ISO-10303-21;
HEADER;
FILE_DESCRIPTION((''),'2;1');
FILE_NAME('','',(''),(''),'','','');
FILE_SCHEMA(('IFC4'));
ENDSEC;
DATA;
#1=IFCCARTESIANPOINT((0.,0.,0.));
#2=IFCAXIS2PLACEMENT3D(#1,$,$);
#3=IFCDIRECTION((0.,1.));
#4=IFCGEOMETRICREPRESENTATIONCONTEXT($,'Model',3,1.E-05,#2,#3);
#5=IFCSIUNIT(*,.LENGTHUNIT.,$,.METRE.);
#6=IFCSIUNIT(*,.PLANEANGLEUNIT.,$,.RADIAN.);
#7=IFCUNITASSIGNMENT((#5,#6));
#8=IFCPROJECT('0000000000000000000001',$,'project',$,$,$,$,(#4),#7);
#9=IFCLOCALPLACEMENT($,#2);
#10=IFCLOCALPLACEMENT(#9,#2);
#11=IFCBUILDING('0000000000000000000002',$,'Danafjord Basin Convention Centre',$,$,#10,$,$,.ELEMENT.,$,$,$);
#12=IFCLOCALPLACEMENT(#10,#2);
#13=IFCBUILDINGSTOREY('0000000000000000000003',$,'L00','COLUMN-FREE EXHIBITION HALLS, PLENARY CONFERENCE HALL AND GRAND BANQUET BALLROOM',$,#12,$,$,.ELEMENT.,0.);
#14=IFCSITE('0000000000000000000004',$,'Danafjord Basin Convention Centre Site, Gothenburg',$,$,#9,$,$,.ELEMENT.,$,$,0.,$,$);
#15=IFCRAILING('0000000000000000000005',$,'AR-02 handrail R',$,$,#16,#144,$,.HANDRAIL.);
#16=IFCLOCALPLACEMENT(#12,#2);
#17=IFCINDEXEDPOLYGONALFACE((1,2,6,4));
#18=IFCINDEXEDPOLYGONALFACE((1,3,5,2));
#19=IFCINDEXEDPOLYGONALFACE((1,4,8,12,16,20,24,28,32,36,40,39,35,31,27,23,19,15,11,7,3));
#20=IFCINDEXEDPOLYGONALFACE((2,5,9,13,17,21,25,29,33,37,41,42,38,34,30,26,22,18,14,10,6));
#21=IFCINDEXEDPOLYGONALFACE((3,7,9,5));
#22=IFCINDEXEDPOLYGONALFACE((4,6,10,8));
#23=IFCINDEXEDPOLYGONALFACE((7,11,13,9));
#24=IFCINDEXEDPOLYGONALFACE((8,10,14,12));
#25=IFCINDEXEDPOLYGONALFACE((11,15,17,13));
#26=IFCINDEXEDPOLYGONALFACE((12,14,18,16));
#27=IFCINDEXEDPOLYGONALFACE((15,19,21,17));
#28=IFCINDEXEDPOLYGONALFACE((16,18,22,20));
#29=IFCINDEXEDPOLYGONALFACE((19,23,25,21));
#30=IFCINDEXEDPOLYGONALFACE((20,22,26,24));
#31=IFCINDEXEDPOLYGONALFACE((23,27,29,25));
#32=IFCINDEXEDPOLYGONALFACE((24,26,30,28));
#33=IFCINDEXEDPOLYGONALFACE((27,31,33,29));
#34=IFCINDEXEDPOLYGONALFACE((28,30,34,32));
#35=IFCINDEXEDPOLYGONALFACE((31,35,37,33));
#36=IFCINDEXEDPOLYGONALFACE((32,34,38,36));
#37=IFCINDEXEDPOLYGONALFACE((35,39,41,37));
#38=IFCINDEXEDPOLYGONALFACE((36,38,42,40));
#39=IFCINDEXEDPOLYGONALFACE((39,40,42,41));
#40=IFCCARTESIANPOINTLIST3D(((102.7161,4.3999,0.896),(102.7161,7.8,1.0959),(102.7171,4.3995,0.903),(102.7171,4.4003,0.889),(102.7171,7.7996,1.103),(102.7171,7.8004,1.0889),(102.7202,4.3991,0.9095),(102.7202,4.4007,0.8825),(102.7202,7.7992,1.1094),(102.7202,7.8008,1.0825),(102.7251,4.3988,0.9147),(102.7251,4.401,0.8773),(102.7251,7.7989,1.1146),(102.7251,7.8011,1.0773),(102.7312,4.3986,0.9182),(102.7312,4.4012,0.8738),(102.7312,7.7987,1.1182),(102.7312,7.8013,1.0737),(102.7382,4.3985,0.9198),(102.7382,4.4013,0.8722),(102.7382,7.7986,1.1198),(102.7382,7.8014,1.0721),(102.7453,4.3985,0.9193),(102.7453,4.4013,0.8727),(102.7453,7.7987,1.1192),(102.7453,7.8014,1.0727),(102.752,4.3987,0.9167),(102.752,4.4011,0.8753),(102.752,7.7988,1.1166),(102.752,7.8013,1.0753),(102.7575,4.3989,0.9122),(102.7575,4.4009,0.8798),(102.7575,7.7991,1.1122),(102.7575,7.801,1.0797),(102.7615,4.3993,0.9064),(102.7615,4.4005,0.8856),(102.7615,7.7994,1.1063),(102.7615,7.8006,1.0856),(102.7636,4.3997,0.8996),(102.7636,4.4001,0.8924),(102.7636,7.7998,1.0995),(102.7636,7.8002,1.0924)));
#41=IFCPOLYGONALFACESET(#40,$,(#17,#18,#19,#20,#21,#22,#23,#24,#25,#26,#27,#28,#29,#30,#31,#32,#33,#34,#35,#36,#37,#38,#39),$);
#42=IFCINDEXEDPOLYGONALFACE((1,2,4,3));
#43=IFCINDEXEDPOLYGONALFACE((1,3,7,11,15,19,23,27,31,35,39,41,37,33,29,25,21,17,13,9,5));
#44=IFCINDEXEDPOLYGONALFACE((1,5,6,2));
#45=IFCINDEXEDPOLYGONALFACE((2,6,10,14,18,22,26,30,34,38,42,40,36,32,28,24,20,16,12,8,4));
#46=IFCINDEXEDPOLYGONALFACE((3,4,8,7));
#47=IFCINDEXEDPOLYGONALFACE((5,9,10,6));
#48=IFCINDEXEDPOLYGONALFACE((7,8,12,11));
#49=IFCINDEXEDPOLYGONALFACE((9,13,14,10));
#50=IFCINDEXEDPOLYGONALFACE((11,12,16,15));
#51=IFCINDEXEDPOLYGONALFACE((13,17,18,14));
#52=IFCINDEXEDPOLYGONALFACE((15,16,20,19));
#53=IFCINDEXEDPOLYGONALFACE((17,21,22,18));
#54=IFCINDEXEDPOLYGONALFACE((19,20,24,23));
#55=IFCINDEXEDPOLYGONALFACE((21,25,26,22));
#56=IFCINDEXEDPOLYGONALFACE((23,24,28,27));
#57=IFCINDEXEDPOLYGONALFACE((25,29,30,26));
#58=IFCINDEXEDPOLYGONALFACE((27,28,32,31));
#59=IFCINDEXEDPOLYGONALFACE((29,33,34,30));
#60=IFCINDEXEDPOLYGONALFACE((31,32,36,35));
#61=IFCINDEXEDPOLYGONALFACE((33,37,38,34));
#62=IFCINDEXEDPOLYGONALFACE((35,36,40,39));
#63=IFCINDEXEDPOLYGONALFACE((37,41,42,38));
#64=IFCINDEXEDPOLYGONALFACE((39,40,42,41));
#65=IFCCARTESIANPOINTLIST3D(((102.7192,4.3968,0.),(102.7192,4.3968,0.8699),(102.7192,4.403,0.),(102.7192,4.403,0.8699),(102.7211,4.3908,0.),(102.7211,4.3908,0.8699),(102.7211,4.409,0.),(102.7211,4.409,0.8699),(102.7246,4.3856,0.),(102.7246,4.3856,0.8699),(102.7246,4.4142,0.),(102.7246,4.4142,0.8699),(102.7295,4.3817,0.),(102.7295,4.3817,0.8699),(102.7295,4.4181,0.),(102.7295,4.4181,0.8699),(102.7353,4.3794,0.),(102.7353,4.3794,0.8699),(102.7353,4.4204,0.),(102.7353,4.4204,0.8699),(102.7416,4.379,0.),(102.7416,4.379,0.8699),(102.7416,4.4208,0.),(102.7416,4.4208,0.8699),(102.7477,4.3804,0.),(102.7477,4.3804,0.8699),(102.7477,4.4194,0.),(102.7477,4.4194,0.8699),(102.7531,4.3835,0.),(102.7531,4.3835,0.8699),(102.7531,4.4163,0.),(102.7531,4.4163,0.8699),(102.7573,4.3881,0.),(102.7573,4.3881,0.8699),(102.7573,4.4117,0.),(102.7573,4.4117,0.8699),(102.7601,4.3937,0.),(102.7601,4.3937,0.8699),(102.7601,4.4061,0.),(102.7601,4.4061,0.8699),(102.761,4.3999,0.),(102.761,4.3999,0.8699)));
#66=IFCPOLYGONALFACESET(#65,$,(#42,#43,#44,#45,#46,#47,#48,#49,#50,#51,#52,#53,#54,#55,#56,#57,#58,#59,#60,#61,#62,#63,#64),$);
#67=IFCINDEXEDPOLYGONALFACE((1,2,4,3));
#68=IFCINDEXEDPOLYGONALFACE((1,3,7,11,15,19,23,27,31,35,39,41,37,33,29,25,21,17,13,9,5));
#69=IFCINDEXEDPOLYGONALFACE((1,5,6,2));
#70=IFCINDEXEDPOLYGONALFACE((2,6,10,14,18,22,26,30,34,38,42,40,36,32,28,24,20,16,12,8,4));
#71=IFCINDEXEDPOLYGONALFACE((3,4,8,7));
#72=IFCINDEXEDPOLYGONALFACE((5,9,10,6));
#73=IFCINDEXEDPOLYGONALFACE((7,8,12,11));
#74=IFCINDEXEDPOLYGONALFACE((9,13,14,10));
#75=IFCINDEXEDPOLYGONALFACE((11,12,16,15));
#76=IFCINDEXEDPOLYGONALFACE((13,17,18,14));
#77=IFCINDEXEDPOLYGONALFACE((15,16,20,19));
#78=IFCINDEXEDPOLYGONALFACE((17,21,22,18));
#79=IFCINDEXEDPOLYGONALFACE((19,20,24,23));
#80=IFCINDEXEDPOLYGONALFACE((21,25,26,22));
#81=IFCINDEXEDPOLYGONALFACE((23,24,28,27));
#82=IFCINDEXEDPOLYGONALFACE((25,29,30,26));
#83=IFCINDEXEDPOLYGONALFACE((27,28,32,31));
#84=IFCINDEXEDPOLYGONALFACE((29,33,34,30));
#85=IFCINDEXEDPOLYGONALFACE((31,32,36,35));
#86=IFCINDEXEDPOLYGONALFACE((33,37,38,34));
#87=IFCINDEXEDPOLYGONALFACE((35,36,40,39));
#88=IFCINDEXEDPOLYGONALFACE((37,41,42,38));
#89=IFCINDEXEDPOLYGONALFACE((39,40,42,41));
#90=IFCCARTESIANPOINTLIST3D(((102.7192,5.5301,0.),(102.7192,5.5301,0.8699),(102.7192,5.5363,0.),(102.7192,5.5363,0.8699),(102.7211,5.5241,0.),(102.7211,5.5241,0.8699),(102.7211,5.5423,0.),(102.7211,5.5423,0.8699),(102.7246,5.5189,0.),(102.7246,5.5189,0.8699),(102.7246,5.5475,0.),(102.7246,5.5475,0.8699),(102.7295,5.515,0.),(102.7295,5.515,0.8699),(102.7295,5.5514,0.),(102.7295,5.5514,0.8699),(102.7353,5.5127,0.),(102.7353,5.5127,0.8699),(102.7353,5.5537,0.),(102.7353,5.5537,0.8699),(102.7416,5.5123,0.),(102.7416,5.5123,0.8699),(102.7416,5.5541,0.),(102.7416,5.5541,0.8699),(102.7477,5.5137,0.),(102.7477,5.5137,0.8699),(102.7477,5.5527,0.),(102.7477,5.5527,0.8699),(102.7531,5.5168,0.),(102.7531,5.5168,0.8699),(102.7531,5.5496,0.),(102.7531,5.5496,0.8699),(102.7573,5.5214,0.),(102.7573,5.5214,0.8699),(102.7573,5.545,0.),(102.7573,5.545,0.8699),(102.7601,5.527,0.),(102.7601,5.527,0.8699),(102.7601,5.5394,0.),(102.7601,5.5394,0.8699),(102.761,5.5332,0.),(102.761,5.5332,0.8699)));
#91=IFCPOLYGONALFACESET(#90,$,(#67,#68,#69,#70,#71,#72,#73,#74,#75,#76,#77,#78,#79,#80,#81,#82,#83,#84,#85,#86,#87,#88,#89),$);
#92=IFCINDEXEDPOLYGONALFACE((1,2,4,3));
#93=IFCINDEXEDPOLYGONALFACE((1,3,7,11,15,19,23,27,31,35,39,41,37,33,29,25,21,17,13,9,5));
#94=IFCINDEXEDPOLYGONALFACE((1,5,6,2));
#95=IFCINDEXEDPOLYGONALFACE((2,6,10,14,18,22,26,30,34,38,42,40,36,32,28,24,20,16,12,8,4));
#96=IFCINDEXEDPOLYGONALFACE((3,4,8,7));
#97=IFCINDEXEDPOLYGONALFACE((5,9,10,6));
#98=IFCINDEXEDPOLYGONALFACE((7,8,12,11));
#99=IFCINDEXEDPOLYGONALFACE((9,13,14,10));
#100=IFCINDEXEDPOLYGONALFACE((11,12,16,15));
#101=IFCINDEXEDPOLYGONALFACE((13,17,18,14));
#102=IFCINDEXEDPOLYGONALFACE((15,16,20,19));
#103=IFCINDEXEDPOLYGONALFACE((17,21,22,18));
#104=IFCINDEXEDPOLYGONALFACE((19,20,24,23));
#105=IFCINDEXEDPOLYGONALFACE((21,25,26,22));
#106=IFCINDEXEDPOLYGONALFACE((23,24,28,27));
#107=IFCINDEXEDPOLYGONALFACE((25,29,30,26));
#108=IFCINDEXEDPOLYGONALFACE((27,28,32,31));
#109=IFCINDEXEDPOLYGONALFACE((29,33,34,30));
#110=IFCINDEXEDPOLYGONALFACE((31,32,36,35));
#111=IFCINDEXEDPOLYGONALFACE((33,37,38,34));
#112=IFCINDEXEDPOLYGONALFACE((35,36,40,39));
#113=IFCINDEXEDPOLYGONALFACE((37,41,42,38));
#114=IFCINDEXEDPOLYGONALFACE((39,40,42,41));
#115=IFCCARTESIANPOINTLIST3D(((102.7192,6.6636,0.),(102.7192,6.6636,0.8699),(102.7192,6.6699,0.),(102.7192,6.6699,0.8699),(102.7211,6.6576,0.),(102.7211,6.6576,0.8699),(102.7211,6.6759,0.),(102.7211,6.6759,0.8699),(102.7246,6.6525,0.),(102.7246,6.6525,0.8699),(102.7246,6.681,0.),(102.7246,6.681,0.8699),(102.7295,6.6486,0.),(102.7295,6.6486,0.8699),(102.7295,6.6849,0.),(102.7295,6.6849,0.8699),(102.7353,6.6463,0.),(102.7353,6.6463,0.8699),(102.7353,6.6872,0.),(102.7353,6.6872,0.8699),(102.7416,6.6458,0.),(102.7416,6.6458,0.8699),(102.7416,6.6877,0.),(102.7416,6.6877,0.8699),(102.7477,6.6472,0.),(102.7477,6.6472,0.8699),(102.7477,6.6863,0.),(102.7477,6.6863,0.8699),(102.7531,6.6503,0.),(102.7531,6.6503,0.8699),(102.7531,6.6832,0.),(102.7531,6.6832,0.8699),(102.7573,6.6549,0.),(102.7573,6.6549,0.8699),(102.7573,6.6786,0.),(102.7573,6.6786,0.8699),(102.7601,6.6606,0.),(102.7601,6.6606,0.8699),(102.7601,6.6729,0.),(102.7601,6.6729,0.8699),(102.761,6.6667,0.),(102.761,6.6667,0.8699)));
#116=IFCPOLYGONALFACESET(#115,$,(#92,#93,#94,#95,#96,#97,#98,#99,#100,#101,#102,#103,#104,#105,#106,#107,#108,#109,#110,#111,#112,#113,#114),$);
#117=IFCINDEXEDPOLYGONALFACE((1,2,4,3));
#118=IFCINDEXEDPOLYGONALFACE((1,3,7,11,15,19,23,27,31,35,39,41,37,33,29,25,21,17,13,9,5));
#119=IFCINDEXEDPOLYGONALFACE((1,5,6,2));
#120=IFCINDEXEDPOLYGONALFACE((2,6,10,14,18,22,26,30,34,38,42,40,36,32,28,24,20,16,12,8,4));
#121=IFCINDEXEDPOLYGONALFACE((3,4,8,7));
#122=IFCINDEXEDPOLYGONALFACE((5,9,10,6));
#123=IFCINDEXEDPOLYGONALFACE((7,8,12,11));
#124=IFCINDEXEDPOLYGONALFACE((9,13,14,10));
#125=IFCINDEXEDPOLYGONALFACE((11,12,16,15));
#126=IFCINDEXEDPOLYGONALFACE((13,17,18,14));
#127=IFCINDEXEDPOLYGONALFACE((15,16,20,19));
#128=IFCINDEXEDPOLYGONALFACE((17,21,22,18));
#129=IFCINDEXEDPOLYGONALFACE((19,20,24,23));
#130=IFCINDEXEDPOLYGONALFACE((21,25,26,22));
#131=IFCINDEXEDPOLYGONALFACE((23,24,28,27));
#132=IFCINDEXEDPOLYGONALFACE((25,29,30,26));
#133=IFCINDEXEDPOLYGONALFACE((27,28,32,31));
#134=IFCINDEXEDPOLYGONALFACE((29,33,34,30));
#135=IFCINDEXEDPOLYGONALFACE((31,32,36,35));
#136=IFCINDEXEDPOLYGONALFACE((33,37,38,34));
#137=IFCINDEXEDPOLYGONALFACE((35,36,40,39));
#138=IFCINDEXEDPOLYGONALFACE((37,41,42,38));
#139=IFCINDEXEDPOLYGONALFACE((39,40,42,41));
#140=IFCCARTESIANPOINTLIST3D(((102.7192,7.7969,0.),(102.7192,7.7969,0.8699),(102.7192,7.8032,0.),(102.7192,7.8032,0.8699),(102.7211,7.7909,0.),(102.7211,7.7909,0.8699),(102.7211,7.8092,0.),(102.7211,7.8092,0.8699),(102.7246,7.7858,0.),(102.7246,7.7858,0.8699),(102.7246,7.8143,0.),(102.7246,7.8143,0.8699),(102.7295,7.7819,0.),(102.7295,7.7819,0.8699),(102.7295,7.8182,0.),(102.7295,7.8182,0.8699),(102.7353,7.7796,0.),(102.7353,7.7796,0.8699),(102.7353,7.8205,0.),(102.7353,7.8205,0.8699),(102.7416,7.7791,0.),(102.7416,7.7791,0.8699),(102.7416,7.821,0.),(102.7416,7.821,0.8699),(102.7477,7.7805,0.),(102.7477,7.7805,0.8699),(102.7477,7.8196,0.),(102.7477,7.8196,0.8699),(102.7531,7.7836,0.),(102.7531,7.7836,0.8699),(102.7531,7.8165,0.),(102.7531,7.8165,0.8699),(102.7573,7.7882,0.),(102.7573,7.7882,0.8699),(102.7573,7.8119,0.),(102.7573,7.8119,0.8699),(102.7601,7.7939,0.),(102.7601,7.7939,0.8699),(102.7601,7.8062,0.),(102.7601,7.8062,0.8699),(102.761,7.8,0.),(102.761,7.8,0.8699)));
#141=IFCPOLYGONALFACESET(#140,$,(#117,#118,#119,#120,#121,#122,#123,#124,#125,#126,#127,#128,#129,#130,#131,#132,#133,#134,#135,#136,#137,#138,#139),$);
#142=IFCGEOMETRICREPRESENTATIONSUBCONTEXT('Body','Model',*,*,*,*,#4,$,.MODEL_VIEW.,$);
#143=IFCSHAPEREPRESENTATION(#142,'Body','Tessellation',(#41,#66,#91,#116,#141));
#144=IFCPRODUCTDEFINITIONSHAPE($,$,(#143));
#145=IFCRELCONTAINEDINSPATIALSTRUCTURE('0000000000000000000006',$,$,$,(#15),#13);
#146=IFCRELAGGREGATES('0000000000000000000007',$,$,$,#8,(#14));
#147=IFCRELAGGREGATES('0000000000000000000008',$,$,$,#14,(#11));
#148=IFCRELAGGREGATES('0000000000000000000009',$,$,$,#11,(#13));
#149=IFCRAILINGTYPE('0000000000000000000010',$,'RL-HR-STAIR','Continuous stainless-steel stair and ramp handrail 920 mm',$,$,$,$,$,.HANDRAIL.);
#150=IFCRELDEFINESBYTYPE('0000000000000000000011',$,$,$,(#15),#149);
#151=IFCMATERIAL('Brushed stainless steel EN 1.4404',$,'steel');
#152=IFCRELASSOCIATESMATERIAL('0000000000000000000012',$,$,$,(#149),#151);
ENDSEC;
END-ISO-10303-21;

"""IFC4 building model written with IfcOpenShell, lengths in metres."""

from ifc_helpers import new_model, si_unit, direction, frame, origin, origin_2d, place, context, subcontext, project, spatial, circle, extrude, material, type_object, element, save


model = new_model("IFC4")

# Units and contexts
model_context = context("Model", 3, precision=1e-05, world=origin(), true_north=direction((0.0, 1.0)))
body_context = subcontext(model_context, "Body", "Model", "MODEL_VIEW")
ifc_project = project(units=[si_unit("LENGTHUNIT", "METRE"), si_unit("PLANEANGLEUNIT", "RADIAN")], contexts=[model_context])

# Site, building, storey
site_placement = place(None, origin())
site = spatial("IfcSite", under=ifc_project, at=site_placement, Name="Danafjord Basin Convention Centre Site, Gothenburg", CompositionType="ELEMENT", RefElevation=0.0)
building_placement = place(site_placement, origin())
building = spatial("IfcBuilding", under=site, at=building_placement, Name="Danafjord Basin Convention Centre", CompositionType="ELEMENT")
storey_placement = place(building_placement, origin())
storey = spatial("IfcBuildingStorey", under=building, at=storey_placement, Name="L00", Description="COLUMN-FREE EXHIBITION HALLS, PLENARY CONFERENCE HALL AND GRAND BANQUET BALLROOM", CompositionType="ELEMENT", Elevation=0.0)

# Railing
ifc_material_1 = material(Name="Brushed stainless steel EN 1.4404", Category="steel")
railing_type = type_object("IfcRailingType", Name="RL-HR-STAIR", Description="Continuous stainless-steel stair and ramp handrail 920 mm", PredefinedType="HANDRAIL", material=ifc_material_1)
for number, where, name in (
    (1, (102.74, 4.3999, 0.0), "AR-02 handrail R"),
):
    element("IfcRailing", number, at=place(storey_placement, frame(where)), inside=storey, type_object=railing_type, Name=name, PredefinedType="HANDRAIL", context=body_context, shape_type="SweptSolid", body=[
        extrude(circle(Radius=0.0239, at=origin_2d()), frame((0.0, 0.0, 0.896), z_axis=(0.0, 0.998275, 0.058705), x_axis=(-1.0, 0.0, 0.0)), (0.0, 0.0, 1.0), 3.406),
        extrude(circle(Radius=0.021, at=origin_2d()), origin(), (0.0, 0.0, 1.0), 0.8699),
        extrude(circle(Radius=0.021, at=origin_2d()), frame((0.0, 1.1333, 0.0)), (0.0, 0.0, 1.0), 0.8699),
        extrude(circle(Radius=0.021, at=origin_2d()), frame((0.0, 2.2668, 0.0)), (0.0, 0.0, 1.0), 0.8699),
        extrude(circle(Radius=0.021, at=origin_2d()), frame((0.0, 3.4001, 0.0)), (0.0, 0.0, 1.0), 0.8699),
    ])

save(model, "model.ifc")
